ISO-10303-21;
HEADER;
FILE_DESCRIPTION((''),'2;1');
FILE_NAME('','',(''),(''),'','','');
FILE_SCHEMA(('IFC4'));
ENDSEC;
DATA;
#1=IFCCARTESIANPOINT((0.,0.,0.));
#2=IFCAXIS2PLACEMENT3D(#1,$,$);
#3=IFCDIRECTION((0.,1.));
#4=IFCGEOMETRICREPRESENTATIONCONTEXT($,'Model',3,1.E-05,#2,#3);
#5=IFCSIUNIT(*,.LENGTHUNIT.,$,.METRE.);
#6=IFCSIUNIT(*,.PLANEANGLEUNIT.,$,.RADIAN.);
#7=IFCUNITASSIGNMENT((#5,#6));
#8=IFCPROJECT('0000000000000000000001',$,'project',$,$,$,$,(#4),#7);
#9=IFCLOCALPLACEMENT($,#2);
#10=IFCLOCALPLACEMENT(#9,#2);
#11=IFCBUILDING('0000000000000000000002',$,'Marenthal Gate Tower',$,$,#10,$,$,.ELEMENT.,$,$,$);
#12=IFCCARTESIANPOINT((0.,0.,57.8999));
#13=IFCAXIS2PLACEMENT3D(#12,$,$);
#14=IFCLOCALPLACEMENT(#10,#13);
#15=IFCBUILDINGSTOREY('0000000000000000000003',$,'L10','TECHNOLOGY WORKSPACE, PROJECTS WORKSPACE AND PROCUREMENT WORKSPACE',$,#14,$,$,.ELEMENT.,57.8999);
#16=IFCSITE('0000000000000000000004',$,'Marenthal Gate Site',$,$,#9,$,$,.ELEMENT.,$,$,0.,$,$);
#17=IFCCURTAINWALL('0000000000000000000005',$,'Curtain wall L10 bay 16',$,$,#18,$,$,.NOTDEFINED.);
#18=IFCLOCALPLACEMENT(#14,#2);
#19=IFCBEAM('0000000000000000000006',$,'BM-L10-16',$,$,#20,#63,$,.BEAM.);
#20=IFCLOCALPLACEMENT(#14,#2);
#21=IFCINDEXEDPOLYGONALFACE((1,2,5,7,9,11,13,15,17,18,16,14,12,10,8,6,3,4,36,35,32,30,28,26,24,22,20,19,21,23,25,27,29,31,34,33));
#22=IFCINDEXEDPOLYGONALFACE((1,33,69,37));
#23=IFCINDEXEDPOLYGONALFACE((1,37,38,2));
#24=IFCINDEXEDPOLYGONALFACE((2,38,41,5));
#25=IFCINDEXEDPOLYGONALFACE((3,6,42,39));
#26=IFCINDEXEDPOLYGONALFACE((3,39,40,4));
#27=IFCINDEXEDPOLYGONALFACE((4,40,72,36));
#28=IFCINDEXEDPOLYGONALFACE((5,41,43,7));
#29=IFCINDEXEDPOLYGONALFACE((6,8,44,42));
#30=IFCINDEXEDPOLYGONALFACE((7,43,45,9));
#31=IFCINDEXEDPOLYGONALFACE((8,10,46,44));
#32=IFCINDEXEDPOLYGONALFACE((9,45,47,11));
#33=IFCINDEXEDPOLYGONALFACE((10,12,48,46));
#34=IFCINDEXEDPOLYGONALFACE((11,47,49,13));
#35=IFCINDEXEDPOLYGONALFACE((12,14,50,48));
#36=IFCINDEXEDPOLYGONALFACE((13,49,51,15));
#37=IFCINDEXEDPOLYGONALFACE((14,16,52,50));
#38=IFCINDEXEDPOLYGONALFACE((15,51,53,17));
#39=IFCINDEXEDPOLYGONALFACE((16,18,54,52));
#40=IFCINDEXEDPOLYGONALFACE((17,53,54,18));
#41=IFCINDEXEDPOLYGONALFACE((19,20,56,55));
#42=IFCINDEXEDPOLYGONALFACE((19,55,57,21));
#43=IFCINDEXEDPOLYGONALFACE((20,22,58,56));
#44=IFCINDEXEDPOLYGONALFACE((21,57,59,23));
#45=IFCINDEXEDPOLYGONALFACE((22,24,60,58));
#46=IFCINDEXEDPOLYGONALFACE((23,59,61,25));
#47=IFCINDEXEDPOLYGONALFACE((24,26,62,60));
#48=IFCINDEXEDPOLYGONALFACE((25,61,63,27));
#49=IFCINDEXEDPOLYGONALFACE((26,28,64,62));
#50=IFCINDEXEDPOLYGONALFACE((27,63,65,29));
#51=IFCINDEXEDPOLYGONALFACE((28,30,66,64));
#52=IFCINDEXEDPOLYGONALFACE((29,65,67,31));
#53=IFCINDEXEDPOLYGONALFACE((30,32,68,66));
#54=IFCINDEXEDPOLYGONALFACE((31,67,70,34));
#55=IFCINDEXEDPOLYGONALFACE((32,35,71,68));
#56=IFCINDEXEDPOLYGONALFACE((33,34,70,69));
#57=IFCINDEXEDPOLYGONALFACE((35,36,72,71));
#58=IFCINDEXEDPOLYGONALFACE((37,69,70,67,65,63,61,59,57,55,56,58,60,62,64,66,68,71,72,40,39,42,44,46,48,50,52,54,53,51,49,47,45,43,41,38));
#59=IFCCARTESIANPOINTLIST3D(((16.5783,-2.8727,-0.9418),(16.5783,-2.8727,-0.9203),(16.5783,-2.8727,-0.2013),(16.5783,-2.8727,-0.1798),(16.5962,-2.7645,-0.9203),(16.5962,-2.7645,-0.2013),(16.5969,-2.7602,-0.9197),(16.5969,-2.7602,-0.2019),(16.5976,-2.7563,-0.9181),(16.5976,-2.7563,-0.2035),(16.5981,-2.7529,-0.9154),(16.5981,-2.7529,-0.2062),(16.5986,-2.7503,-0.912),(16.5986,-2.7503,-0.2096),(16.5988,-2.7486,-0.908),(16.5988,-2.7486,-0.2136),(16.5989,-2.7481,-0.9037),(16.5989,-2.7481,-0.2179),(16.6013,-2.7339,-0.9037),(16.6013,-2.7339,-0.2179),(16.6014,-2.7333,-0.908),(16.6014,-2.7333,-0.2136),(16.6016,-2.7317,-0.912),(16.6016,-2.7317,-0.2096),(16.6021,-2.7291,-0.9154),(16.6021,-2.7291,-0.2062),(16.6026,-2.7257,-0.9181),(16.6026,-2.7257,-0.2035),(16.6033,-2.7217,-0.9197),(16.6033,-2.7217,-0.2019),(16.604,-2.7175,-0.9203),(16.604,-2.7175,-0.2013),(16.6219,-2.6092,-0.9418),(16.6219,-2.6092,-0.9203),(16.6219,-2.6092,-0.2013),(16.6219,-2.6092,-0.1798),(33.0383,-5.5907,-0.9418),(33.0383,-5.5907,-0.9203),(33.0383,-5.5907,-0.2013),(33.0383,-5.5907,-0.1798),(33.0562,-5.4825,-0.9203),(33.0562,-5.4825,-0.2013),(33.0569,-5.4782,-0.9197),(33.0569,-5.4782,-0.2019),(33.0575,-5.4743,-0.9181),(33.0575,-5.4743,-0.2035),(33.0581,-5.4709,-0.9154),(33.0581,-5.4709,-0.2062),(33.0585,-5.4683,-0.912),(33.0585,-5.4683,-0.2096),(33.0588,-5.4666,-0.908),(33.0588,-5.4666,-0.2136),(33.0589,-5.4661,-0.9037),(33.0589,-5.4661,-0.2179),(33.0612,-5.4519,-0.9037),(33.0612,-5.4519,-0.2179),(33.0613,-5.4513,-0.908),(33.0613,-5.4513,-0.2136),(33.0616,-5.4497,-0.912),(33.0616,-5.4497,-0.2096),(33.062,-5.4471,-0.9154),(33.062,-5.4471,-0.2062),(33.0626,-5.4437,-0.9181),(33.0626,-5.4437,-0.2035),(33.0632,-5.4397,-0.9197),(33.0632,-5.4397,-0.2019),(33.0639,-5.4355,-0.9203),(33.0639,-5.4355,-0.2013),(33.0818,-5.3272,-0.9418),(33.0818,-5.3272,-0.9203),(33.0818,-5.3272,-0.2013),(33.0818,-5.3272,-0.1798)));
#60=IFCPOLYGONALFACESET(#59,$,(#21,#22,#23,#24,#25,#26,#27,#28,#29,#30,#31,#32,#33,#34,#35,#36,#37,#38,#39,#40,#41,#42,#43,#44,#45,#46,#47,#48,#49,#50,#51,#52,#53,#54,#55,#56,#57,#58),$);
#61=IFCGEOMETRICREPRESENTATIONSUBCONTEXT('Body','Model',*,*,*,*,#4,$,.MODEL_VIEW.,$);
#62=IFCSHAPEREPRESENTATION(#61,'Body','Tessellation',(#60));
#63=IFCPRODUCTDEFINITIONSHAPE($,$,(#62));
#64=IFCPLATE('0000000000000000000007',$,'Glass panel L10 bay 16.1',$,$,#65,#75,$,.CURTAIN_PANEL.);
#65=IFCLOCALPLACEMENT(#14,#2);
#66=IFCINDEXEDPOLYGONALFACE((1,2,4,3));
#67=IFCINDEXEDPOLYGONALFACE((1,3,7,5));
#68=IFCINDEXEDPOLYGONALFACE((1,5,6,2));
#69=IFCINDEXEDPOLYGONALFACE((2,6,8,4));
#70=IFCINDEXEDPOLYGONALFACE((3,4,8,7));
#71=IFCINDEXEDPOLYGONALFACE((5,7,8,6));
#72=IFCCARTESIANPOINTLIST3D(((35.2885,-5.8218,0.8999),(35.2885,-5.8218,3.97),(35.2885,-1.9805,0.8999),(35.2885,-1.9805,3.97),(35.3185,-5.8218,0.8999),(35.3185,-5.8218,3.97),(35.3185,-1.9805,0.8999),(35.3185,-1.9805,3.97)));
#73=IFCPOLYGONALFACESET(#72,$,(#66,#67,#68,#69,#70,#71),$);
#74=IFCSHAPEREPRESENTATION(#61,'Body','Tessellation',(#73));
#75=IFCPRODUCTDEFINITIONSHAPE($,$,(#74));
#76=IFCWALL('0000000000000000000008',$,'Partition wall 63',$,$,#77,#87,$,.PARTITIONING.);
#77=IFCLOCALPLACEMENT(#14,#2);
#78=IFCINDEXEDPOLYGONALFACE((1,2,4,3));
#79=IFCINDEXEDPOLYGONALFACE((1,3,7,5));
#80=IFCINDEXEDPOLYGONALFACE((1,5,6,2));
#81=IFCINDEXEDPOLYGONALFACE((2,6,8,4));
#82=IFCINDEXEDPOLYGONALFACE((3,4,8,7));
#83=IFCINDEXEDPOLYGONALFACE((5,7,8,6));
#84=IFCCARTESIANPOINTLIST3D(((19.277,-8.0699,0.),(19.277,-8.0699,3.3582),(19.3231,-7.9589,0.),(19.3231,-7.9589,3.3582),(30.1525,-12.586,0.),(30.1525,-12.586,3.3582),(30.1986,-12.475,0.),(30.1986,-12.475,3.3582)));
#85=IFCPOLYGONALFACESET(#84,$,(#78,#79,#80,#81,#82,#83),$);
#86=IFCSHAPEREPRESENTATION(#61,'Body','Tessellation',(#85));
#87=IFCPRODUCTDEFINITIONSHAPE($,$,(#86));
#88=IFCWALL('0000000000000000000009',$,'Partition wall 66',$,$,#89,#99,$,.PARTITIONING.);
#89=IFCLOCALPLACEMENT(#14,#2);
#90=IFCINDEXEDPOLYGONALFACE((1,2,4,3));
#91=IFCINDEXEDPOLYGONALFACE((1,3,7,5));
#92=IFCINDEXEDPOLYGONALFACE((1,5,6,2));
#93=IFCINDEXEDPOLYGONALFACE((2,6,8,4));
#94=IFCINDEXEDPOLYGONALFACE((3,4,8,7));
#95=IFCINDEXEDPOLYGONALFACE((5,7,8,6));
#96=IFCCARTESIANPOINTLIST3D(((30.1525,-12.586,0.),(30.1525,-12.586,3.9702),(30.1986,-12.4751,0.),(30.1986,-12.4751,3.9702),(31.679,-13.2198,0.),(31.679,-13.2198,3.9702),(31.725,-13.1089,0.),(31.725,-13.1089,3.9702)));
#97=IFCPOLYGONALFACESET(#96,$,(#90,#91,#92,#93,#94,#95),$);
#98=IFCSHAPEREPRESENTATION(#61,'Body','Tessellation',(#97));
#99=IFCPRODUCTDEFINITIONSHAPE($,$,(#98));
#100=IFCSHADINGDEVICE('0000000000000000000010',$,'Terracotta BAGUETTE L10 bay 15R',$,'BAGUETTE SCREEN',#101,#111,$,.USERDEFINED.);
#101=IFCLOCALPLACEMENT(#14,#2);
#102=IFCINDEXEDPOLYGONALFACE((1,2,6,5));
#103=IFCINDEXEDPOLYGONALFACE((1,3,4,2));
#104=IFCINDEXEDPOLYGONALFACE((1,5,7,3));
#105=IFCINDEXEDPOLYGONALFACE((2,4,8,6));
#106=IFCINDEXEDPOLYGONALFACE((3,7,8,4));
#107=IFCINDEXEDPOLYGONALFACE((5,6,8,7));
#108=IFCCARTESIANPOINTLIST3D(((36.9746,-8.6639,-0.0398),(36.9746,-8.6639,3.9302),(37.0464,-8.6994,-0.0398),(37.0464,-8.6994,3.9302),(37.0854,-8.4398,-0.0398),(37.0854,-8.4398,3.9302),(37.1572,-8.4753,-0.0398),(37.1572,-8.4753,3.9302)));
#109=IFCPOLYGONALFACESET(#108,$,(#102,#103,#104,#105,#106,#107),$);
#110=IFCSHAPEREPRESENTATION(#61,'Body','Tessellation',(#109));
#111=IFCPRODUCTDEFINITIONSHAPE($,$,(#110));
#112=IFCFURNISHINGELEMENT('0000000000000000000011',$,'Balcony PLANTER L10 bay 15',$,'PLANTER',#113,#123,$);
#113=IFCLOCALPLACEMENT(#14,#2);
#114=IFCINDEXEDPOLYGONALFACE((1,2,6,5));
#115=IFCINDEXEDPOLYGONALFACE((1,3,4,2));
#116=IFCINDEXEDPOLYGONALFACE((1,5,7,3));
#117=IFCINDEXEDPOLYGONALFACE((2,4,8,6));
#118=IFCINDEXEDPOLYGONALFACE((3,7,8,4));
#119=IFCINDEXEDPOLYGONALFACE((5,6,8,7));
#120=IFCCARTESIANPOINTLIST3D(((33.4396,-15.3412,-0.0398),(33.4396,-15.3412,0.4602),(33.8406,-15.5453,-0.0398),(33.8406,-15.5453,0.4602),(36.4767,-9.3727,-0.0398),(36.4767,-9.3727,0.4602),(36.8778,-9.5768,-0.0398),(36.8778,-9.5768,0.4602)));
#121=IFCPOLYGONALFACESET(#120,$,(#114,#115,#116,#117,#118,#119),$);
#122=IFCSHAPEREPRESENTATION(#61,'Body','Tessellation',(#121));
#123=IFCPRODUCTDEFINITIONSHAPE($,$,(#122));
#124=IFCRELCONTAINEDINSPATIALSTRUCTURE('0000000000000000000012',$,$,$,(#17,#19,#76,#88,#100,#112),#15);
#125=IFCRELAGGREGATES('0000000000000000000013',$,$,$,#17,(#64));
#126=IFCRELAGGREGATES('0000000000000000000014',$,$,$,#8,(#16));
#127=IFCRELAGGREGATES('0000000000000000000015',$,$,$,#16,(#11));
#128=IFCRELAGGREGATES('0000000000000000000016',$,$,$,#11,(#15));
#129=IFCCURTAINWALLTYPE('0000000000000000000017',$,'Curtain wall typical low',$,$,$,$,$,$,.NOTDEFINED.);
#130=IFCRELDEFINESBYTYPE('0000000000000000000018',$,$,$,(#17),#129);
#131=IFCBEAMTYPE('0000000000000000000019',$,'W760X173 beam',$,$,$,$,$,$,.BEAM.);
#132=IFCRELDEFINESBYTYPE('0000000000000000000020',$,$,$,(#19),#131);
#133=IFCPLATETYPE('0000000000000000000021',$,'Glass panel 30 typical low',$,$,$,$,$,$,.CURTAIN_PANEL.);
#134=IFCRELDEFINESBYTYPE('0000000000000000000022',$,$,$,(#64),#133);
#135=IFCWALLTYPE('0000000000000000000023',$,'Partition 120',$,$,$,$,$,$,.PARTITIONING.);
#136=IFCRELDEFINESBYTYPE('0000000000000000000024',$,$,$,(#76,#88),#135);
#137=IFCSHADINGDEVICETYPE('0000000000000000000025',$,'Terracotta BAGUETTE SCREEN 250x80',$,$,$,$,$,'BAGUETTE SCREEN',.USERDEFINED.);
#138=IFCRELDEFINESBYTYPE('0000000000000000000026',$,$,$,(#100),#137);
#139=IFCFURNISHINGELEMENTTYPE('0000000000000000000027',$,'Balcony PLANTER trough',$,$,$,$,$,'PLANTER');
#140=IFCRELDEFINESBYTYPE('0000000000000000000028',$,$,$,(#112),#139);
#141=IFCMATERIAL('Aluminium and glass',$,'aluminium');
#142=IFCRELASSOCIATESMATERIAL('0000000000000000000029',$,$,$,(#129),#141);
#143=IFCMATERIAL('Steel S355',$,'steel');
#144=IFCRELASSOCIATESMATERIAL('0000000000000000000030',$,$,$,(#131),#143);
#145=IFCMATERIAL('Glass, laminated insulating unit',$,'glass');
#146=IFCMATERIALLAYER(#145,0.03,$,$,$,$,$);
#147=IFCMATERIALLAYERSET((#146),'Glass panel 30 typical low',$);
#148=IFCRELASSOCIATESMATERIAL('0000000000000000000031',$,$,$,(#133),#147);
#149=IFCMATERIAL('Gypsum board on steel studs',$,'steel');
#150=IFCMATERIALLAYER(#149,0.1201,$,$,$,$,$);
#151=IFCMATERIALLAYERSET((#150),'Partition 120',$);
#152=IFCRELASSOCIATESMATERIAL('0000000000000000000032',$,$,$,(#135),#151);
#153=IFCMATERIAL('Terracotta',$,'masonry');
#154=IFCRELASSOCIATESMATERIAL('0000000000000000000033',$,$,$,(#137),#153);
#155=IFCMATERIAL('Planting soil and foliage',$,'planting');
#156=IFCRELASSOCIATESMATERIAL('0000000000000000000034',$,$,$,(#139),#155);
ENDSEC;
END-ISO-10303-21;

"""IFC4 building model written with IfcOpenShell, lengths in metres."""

from ifc_helpers import new_model, si_unit, direction, frame, frame_2d, origin, origin_2d, place, context, subcontext, project, spatial, rectangle, i_section, extrude, material, layer, layer_set, material_profile, profile_set, type_object, element, aggregate, save


model = new_model("IFC4")

# Units and contexts
model_context = context("Model", 3, precision=1e-05, world=origin(), true_north=direction((0.0, 1.0)))
body_context = subcontext(model_context, "Body", "Model", "MODEL_VIEW")
ifc_project = project(units=[si_unit("LENGTHUNIT", "METRE"), si_unit("PLANEANGLEUNIT", "RADIAN")], contexts=[model_context])

# Site, building, storey
site_placement = place(None, origin())
site = spatial("IfcSite", under=ifc_project, at=site_placement, Name="Marenthal Gate Site", CompositionType="ELEMENT", RefElevation=0.0)
building_placement = place(site_placement, origin())
building = spatial("IfcBuilding", under=site, at=building_placement, Name="Marenthal Gate Tower", CompositionType="ELEMENT")
storey_placement = place(building_placement, frame((0.0, 0.0, 57.8999)))
storey = spatial("IfcBuildingStorey", under=building, at=storey_placement, Name="L10", Description="TECHNOLOGY WORKSPACE, PROJECTS WORKSPACE AND PROCUREMENT WORKSPACE", CompositionType="ELEMENT", Elevation=57.8999)

# Curtain wall
ifc_material_1 = material(Name="Aluminium and glass", Category="aluminium")
curtain_wall_type = type_object("IfcCurtainWallType", Name="Curtain wall typical low", PredefinedType="NOTDEFINED", material=ifc_material_1)
curtain_wall_placement = place(storey_placement, origin())
curtain_wall = element("IfcCurtainWall", 1, at=curtain_wall_placement, inside=storey, type_object=curtain_wall_type, Name="Curtain wall L10 bay 16", PredefinedType="NOTDEFINED")

# Beam
ifc_material_2 = material(Name="Steel S355", Category="steel")
ifc_material_profile_1 = material_profile(ifc_material_2, i_section(OverallWidth=0.2671, OverallDepth=0.762, WebThickness=0.0144, FlangeThickness=0.0215, FilletRadius=0.0166, at=origin_2d()), Name="W760X173")
ifc_profile_set_1 = profile_set([ifc_material_profile_1], Name="Steel S355")
beam_type_1 = type_object("IfcBeamType", Name="W760X173 beam", PredefinedType="BEAM", material=ifc_profile_set_1)
beam_1_placement = place(storey_placement, frame((33.0601, -5.459, -0.5608), z_axis=(-0.986639, 0.162923, 0.0), x_axis=(-0.162923, -0.986639, 0.0)))
element("IfcBeam", 2, at=beam_1_placement, inside=storey, type_object=beam_type_1, Name="BM-L10-16", PredefinedType="BEAM", context=body_context, shape_type="SweptSolid", body=[
    extrude(i_section(OverallWidth=0.2671, OverallDepth=0.762, WebThickness=0.0144, FlangeThickness=0.0215, FilletRadius=0.0166, at=origin_2d()), origin(), (0.0, 0.0, 1.0), 16.6829),
])

# Plate
ifc_material_3 = material(Name="Glass, laminated insulating unit", Category="glass")
ifc_layer_1 = layer(ifc_material_3, 0.03)
ifc_layer_set_1 = layer_set([ifc_layer_1], Name="Glass panel 30 typical low")
plate_type = type_object("IfcPlateType", Name="Glass panel 30 typical low", PredefinedType="CURTAIN_PANEL", material=ifc_layer_set_1)
plate_placement = place(storey_placement, frame((35.3035, -3.9011, 0.8999), z_axis=(0.0, 0.0, 1.0), x_axis=(0.0, 1.0, 0.0)))
plate = element("IfcPlate", 3, at=plate_placement, type_object=plate_type, Name="Glass panel L10 bay 16.1", PredefinedType="CURTAIN_PANEL", context=body_context, shape_type="SweptSolid", body=[
    extrude(rectangle(XDim=3.8413, YDim=0.03, at=origin_2d()), origin(), (0.0, 0.0, 1.0), 3.0701),
])
aggregate(curtain_wall, [plate])

# Walls
ifc_material_4 = material(Name="Gypsum board on steel studs", Category="steel")
ifc_layer_2 = layer(ifc_material_4, 0.1201)
ifc_layer_set_2 = layer_set([ifc_layer_2], Name="Partition 120")
wall_type = type_object("IfcWallType", Name="Partition 120", PredefinedType="PARTITIONING", material=ifc_layer_set_2)
wall_1_placement = place(storey_placement, frame((19.3, -8.0144, 0.0), z_axis=(0.0, 0.0, 1.0), x_axis=(0.923539, -0.383505, 0.0)))
element("IfcWall", 4, at=wall_1_placement, inside=storey, type_object=wall_type, Name="Partition wall 63", PredefinedType="PARTITIONING", context=body_context, shape_type="SweptSolid", body=[
    extrude(rectangle(XDim=11.7759, YDim=0.1201, at=frame_2d((5.8879, 0.0))), origin(), (0.0, 0.0, 1.0), 3.3582),
])
wall_2_placement = place(storey_placement, frame((30.1755, -12.5305, 0.0), z_axis=(0.0, 0.0, 1.0), x_axis=(0.923548, -0.383482, 0.0)))
element("IfcWall", 5, at=wall_2_placement, inside=storey, type_object=wall_type, Name="Partition wall 66", PredefinedType="PARTITIONING", context=body_context, shape_type="SweptSolid", body=[
    extrude(rectangle(XDim=1.6528, YDim=0.1201, at=frame_2d((0.8264, 0.0))), origin(), (0.0, 0.0, 1.0), 3.9702),
])

# Shading device
ifc_material_5 = material(Name="Terracotta", Category="masonry")
ifc_material_profile_2 = material_profile(ifc_material_5, rectangle(XDim=0.25, YDim=0.0801, at=origin_2d()), Name="Terracotta baguette 250x80")
ifc_profile_set_2 = profile_set([ifc_material_profile_2], Name="Terracotta")
shading_device_type = type_object("IfcShadingDeviceType", Name="Terracotta BAGUETTE SCREEN 250x80", ElementType="BAGUETTE SCREEN", PredefinedType="USERDEFINED", material=ifc_profile_set_2)
shading_device_placement = place(storey_placement, frame((37.0659, -8.5696, -0.0398), z_axis=(0.0, 0.0, 1.0), x_axis=(0.442993, 0.896525, 0.0)))
element("IfcShadingDevice", 6, at=shading_device_placement, inside=storey, type_object=shading_device_type, Name="Terracotta BAGUETTE L10 bay 15R", ObjectType="BAGUETTE SCREEN", PredefinedType="USERDEFINED", context=body_context, shape_type="SweptSolid", body=[
    extrude(rectangle(XDim=0.25, YDim=0.0801, at=origin_2d()), origin(), (0.0, 0.0, 1.0), 3.97),
])

# Furnishing element
ifc_material_6 = material(Name="Planting soil and foliage", Category="planting")
furnishing_element_type = type_object("IfcFurnishingElementType", Name="Balcony PLANTER trough", ElementType="PLANTER", material=ifc_material_6)
furnishing_placement = place(storey_placement, frame((35.1587, -12.459, -0.0398), z_axis=(0.0, 0.0, 1.0), x_axis=(0.453518, 0.891247, 0.0)))
element("IfcFurnishingElement", 7, at=furnishing_placement, inside=storey, type_object=furnishing_element_type, Name="Balcony PLANTER L10 bay 15", ObjectType="PLANTER", context=body_context, shape_type="SweptSolid", body=[
    extrude(rectangle(XDim=6.6968, YDim=0.45, at=origin_2d()), origin(), (0.0, 0.0, 1.0), 0.5),
])

save(model, "model.ifc")
